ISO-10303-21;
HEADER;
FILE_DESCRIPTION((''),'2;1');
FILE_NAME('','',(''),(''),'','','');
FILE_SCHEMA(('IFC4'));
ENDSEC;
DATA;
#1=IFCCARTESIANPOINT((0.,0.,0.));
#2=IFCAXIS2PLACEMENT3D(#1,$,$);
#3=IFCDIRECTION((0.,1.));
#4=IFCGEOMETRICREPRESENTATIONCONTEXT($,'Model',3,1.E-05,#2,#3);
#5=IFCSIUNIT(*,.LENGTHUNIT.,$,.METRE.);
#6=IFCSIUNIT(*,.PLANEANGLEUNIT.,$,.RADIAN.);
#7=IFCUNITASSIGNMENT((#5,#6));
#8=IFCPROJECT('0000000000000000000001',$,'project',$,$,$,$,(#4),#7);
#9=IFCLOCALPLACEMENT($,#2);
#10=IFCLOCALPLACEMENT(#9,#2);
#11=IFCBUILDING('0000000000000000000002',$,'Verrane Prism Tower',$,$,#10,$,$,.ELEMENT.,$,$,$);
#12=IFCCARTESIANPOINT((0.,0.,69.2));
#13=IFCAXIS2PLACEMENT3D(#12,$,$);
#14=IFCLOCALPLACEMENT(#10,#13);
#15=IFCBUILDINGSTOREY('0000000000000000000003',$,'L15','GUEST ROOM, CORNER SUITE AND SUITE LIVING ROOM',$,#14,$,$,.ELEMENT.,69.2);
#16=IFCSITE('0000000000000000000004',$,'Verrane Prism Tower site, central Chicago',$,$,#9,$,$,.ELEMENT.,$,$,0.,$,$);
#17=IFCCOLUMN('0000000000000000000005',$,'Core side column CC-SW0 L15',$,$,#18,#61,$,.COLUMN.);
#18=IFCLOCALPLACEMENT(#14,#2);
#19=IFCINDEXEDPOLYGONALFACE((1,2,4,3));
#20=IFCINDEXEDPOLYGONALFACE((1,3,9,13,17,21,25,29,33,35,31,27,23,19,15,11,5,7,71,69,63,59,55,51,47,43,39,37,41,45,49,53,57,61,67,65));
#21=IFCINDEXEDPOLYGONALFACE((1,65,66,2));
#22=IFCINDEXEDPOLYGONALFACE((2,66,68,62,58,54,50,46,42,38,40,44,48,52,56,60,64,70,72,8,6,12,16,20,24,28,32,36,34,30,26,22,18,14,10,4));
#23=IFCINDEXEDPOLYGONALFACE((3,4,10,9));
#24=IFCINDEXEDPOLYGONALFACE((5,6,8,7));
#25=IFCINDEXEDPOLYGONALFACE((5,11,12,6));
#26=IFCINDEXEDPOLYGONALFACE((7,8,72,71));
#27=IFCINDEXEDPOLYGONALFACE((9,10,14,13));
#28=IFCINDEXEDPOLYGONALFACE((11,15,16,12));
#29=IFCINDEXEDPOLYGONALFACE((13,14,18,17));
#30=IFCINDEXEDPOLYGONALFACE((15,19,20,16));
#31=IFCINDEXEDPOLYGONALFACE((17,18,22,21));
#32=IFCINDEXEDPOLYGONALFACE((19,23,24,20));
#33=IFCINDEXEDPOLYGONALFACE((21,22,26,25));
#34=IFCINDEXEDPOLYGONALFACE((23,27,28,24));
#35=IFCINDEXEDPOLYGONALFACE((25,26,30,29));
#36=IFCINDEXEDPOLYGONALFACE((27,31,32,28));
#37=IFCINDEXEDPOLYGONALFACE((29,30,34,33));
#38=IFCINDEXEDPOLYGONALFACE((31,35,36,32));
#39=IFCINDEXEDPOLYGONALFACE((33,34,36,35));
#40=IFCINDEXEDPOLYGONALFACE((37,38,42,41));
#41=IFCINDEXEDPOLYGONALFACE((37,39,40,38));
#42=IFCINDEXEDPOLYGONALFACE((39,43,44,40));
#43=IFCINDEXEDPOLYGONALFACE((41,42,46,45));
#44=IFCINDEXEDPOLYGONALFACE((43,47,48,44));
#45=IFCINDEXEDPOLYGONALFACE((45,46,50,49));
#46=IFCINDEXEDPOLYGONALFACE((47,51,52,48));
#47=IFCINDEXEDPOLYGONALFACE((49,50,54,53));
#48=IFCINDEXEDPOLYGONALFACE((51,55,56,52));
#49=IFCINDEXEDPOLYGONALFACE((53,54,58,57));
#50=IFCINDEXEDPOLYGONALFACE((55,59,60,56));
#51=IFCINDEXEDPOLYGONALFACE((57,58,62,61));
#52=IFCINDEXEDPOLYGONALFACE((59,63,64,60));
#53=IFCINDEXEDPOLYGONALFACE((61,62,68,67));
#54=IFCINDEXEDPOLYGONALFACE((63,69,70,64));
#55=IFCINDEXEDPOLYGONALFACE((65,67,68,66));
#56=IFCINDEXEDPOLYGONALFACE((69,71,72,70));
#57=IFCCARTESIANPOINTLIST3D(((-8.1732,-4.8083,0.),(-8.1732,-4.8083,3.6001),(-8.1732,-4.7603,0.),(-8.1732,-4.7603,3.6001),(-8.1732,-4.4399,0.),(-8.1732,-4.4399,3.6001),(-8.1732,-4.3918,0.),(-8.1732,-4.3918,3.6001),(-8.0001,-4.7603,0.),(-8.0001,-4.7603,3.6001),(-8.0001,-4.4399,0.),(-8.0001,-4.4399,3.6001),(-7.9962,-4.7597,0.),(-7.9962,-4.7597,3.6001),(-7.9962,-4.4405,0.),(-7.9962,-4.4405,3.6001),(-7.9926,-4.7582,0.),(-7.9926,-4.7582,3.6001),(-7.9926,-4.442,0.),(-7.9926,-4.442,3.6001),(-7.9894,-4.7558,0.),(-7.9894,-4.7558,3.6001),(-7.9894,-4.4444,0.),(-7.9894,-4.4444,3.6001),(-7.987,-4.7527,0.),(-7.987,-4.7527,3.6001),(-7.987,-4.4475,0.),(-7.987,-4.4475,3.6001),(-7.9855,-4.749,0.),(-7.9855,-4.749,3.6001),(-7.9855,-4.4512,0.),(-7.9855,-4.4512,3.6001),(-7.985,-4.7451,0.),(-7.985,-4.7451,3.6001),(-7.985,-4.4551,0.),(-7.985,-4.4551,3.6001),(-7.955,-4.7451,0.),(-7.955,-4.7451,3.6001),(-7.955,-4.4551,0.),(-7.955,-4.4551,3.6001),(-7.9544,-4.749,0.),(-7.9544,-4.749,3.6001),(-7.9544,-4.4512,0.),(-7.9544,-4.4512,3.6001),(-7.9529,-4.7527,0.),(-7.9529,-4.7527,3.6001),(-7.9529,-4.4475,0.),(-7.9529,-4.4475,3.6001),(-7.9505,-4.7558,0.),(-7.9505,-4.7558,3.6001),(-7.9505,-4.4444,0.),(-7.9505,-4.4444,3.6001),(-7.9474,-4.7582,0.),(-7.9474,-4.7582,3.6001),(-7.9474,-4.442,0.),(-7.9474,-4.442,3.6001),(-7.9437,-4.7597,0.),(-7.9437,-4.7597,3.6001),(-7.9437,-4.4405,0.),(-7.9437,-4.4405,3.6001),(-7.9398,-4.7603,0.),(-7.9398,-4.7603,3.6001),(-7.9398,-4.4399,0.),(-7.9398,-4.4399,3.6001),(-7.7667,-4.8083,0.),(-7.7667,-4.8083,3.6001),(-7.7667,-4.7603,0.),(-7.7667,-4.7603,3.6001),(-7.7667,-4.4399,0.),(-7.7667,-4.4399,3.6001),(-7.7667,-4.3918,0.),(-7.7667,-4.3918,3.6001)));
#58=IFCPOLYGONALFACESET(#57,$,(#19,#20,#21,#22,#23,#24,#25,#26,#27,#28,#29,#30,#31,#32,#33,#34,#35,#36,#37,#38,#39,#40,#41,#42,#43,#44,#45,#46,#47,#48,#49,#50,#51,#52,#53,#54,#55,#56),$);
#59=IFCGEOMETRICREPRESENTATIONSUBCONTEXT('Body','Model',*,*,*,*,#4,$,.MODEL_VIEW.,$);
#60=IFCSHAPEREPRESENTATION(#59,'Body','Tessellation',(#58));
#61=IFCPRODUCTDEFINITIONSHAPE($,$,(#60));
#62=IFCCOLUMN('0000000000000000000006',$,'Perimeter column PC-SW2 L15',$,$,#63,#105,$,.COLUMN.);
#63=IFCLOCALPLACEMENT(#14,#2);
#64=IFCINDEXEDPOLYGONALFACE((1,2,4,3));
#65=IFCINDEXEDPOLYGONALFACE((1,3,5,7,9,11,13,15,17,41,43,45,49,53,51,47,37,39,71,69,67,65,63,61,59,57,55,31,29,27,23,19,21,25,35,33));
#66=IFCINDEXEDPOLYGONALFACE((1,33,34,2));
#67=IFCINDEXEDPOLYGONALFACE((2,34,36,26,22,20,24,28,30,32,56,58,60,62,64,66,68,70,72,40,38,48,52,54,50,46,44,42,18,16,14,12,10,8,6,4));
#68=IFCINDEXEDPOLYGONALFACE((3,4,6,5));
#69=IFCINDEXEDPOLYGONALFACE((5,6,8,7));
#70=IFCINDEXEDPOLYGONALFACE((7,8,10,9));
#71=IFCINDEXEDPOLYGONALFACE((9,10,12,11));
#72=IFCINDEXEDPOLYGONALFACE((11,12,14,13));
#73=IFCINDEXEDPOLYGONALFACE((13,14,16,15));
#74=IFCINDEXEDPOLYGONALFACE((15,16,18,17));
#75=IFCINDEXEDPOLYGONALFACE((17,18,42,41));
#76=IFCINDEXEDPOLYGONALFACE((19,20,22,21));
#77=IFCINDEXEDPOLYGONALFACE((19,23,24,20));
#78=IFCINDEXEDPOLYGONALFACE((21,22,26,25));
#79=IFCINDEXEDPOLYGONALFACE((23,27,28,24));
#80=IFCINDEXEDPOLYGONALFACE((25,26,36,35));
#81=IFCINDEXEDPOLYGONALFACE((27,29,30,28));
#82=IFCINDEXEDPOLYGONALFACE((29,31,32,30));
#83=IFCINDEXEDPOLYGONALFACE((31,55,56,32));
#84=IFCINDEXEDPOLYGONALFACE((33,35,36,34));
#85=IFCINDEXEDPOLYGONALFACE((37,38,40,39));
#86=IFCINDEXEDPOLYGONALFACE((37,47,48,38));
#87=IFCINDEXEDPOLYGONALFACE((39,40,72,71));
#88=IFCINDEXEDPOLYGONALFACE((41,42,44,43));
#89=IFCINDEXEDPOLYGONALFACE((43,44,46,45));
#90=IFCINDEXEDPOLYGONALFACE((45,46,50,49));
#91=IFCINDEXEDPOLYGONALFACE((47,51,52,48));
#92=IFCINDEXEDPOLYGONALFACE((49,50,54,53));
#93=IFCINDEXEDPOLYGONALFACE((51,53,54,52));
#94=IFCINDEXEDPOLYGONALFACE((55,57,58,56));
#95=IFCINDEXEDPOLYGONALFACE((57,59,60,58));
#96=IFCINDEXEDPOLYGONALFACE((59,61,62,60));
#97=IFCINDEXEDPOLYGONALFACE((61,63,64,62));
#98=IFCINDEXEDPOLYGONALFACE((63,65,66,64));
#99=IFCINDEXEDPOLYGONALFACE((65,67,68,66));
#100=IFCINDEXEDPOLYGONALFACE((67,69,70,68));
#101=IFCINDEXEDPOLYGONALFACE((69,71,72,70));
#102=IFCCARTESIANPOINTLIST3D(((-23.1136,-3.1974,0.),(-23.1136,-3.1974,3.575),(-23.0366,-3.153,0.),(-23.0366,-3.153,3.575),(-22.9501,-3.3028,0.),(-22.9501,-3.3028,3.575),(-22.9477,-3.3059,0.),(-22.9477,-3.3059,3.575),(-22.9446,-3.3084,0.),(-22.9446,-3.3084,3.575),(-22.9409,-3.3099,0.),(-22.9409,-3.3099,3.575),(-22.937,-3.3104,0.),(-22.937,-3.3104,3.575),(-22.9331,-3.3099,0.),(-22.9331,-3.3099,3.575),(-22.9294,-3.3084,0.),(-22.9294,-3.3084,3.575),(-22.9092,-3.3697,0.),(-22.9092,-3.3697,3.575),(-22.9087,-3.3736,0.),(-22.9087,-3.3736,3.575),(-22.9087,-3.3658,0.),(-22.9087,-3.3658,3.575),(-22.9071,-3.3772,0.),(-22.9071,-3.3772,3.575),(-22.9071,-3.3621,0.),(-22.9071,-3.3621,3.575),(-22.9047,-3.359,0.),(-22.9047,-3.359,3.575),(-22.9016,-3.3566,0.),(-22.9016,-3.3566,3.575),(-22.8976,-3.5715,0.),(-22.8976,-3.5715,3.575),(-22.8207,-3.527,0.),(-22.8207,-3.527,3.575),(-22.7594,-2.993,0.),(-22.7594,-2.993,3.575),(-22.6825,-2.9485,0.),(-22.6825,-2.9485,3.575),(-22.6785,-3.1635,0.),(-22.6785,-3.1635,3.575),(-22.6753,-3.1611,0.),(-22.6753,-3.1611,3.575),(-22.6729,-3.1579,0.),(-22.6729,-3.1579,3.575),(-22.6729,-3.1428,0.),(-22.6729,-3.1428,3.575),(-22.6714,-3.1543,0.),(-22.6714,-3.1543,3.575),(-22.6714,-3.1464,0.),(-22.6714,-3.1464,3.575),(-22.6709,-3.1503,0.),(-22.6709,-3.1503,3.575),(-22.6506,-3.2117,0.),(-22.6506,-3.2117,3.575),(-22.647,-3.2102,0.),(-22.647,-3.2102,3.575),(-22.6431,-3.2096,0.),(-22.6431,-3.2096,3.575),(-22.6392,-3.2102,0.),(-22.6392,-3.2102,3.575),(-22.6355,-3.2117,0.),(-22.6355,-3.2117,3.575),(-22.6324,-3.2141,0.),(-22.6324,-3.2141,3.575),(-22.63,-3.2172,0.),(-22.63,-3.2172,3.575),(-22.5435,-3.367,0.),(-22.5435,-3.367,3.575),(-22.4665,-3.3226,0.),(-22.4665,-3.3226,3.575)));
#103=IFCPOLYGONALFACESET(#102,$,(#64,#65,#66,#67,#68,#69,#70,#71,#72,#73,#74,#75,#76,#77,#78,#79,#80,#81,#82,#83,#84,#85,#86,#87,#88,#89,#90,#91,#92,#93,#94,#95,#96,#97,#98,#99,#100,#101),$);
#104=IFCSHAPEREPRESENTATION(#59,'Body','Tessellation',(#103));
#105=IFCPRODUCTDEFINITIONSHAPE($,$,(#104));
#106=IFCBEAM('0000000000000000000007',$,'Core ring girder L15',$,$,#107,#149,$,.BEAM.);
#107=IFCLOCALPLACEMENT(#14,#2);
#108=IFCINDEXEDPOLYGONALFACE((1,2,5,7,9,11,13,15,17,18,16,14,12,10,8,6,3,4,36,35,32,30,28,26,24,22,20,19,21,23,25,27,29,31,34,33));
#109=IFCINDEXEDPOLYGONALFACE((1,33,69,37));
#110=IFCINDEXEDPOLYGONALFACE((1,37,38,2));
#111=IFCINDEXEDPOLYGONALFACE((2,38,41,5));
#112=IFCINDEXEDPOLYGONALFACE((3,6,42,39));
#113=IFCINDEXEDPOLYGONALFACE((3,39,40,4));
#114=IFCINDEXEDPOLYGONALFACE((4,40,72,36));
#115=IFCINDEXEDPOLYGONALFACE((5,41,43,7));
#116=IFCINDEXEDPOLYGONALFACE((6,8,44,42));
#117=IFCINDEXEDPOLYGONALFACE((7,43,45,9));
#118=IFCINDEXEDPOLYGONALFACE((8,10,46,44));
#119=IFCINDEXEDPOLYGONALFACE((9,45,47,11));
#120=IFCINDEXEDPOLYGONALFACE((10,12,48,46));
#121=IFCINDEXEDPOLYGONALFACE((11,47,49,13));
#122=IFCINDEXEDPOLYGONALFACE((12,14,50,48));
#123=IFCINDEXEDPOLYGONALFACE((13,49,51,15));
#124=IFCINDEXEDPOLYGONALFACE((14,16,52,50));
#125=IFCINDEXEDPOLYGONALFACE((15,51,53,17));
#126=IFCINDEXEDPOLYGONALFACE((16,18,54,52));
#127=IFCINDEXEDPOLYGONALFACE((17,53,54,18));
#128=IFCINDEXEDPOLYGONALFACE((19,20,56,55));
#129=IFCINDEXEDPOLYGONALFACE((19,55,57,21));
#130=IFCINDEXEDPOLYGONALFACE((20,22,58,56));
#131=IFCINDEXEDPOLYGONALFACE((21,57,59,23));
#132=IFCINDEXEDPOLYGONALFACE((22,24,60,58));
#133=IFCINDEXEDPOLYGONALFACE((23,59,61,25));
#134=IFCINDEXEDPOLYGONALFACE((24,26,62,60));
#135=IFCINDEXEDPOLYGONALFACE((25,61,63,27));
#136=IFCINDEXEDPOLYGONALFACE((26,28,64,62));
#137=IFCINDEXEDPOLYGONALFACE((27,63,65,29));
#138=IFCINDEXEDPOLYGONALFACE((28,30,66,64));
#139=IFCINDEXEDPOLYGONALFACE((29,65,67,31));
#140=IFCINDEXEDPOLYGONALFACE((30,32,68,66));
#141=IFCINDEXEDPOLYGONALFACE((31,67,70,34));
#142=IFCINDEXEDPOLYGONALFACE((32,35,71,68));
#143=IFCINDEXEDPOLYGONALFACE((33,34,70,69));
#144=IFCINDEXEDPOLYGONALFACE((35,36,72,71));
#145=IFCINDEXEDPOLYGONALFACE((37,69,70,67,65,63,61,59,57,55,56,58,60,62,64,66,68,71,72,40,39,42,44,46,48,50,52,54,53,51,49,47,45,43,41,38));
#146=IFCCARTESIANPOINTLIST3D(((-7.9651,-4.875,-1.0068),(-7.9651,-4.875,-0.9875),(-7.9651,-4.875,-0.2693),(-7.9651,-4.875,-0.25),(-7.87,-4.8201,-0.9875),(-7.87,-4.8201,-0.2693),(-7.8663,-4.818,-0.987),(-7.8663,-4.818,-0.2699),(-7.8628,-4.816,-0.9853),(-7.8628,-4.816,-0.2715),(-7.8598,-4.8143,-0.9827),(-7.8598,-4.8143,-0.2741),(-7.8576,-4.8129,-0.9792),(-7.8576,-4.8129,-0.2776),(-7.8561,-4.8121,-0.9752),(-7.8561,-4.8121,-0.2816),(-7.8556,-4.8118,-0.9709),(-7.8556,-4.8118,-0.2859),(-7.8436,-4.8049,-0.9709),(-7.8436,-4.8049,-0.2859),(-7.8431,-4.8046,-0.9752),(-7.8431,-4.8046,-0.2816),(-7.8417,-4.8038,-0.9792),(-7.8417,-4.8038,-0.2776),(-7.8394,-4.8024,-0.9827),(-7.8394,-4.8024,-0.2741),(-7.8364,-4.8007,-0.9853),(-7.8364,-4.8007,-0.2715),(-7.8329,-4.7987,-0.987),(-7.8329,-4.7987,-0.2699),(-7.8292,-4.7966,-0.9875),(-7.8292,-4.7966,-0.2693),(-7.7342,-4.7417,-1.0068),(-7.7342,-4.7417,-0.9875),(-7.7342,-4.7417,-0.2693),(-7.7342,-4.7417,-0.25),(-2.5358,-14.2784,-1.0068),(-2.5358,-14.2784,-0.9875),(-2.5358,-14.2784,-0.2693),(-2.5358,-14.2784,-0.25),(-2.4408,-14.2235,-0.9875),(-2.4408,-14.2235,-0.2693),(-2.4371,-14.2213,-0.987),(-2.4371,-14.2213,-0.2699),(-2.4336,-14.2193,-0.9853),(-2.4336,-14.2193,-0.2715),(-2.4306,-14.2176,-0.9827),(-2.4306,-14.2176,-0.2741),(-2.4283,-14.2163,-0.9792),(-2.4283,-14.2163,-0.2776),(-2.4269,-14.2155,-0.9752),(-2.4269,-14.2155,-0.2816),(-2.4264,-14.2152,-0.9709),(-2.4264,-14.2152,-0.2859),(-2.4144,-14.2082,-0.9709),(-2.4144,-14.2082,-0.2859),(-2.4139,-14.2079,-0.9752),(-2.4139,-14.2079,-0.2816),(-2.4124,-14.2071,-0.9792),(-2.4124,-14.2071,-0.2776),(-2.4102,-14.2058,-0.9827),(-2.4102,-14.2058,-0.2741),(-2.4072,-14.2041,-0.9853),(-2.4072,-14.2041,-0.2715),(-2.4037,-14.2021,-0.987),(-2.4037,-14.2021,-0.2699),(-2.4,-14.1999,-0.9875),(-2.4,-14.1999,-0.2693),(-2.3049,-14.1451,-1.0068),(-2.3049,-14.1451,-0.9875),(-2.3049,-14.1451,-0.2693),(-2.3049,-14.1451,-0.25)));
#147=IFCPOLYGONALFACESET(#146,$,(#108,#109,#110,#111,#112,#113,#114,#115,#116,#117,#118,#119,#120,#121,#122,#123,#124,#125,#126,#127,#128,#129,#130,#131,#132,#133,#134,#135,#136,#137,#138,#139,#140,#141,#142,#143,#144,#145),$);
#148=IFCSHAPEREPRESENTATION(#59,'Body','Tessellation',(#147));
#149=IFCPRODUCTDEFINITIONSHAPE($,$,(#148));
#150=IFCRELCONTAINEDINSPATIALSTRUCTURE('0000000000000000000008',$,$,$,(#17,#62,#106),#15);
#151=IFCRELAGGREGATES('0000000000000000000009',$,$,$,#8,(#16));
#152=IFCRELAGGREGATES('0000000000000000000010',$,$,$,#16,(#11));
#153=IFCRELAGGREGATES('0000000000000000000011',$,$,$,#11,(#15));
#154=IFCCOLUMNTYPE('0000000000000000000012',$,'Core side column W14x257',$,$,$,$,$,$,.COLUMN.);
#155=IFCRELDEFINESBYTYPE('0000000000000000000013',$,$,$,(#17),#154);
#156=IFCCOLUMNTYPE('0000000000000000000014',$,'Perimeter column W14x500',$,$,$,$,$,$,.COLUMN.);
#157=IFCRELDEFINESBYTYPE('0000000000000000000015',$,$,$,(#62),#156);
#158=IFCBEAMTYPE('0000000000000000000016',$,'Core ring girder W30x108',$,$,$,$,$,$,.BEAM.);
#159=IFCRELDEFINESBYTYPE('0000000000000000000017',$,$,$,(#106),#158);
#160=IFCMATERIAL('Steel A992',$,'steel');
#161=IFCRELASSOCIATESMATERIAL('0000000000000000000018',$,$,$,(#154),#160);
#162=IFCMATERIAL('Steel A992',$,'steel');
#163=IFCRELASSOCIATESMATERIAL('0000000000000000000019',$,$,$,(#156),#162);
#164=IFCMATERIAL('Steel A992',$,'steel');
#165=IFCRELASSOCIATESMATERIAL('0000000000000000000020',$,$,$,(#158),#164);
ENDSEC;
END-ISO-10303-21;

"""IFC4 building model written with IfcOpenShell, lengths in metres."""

from ifc_helpers import new_model, si_unit, direction, frame, origin, origin_2d, place, context, subcontext, project, spatial, i_section, extrude, material, material_profile, profile_set, type_object, element, save


model = new_model("IFC4")

# Units and contexts
model_context = context("Model", 3, precision=1e-05, world=origin(), true_north=direction((0.0, 1.0)))
body_context = subcontext(model_context, "Body", "Model", "MODEL_VIEW")
ifc_project = project(units=[si_unit("LENGTHUNIT", "METRE"), si_unit("PLANEANGLEUNIT", "RADIAN")], contexts=[model_context])

# Site, building, storey
site_placement = place(None, origin())
site = spatial("IfcSite", under=ifc_project, at=site_placement, Name="Verrane Prism Tower site, central Chicago", CompositionType="ELEMENT", RefElevation=0.0)
building_placement = place(site_placement, origin())
building = spatial("IfcBuilding", under=site, at=building_placement, Name="Verrane Prism Tower", CompositionType="ELEMENT")
storey_placement = place(building_placement, frame((0.0, 0.0, 69.2)))
storey = spatial("IfcBuildingStorey", under=building, at=storey_placement, Name="L15", Description="GUEST ROOM, CORNER SUITE AND SUITE LIVING ROOM", CompositionType="ELEMENT", Elevation=69.2)

# Columns
ifc_material_1 = material(Name="Steel A992", Category="steel")
ifc_material_profile_1 = material_profile(ifc_material_1, i_section(OverallWidth=0.4065, OverallDepth=0.4165, WebThickness=0.03, FlangeThickness=0.0481, FilletRadius=0.0151, at=origin_2d()), Name="W14x257")
ifc_profile_set_1 = profile_set([ifc_material_profile_1], Name="Steel A992")
column_type_1 = type_object("IfcColumnType", Name="Core side column W14x257", PredefinedType="COLUMN", material=ifc_profile_set_1)
column_1_placement = place(storey_placement, frame((-7.97, -4.6001, 0.0), z_axis=(0.0, 0.0, 1.0), x_axis=(1.0, 0.0, 0.0)))
element("IfcColumn", 1, at=column_1_placement, inside=storey, type_object=column_type_1, Name="Core side column CC-SW0 L15", PredefinedType="COLUMN", context=body_context, shape_type="SweptSolid", body=[
    extrude(i_section(OverallWidth=0.4065, OverallDepth=0.4165, WebThickness=0.03, FlangeThickness=0.0481, FilletRadius=0.0151, at=origin_2d()), origin(), (0.0, 0.0, 1.0), 3.6001),
])
ifc_material_2 = material(Name="Steel A992", Category="steel")
ifc_material_profile_2 = material_profile(ifc_material_2, i_section(OverallWidth=0.4319, OverallDepth=0.4978, WebThickness=0.0557, FlangeThickness=0.0889, FilletRadius=0.0151, at=origin_2d()), Name="W14x500")
ifc_profile_set_2 = profile_set([ifc_material_profile_2], Name="Steel A992")
column_type_2 = type_object("IfcColumnType", Name="Perimeter column W14x500", PredefinedType="COLUMN", material=ifc_profile_set_2)
column_2_placement = place(storey_placement, frame((-22.79, -3.26, 0.0), z_axis=(0.0, 0.0, 1.0), x_axis=(-0.5, 0.866025, 0.0)))
element("IfcColumn", 2, at=column_2_placement, inside=storey, type_object=column_type_2, Name="Perimeter column PC-SW2 L15", PredefinedType="COLUMN", context=body_context, shape_type="SweptSolid", body=[
    extrude(i_section(OverallWidth=0.4319, OverallDepth=0.4978, WebThickness=0.0557, FlangeThickness=0.0889, FilletRadius=0.0151, at=origin_2d()), origin(), (0.0, 0.0, 1.0), 3.575),
])

# Beam
ifc_material_3 = material(Name="Steel A992", Category="steel")
ifc_material_profile_3 = material_profile(ifc_material_3, i_section(OverallWidth=0.2666, OverallDepth=0.7568, WebThickness=0.0139, FlangeThickness=0.0193, FilletRadius=0.0166, at=origin_2d()), Name="W30x108")
ifc_profile_set_3 = profile_set([ifc_material_profile_3], Name="Steel A992")
beam_type_1 = type_object("IfcBeamType", Name="Core ring girder W30x108", PredefinedType="BEAM", material=ifc_profile_set_3)
beam_1_placement = place(storey_placement, frame((-7.8496, -4.8083, -0.6284), z_axis=(0.500013, -0.866018, 0.0), x_axis=(0.866018, 0.500013, 0.0)))
element("IfcBeam", 3, at=beam_1_placement, inside=storey, type_object=beam_type_1, Name="Core ring girder L15", PredefinedType="BEAM", context=body_context, shape_type="SweptSolid", body=[
    extrude(i_section(OverallWidth=0.2666, OverallDepth=0.7568, WebThickness=0.0139, FlangeThickness=0.0193, FilletRadius=0.0166, at=origin_2d()), origin(), (0.0, 0.0, 1.0), 10.8582),
])

save(model, "model.ifc")
